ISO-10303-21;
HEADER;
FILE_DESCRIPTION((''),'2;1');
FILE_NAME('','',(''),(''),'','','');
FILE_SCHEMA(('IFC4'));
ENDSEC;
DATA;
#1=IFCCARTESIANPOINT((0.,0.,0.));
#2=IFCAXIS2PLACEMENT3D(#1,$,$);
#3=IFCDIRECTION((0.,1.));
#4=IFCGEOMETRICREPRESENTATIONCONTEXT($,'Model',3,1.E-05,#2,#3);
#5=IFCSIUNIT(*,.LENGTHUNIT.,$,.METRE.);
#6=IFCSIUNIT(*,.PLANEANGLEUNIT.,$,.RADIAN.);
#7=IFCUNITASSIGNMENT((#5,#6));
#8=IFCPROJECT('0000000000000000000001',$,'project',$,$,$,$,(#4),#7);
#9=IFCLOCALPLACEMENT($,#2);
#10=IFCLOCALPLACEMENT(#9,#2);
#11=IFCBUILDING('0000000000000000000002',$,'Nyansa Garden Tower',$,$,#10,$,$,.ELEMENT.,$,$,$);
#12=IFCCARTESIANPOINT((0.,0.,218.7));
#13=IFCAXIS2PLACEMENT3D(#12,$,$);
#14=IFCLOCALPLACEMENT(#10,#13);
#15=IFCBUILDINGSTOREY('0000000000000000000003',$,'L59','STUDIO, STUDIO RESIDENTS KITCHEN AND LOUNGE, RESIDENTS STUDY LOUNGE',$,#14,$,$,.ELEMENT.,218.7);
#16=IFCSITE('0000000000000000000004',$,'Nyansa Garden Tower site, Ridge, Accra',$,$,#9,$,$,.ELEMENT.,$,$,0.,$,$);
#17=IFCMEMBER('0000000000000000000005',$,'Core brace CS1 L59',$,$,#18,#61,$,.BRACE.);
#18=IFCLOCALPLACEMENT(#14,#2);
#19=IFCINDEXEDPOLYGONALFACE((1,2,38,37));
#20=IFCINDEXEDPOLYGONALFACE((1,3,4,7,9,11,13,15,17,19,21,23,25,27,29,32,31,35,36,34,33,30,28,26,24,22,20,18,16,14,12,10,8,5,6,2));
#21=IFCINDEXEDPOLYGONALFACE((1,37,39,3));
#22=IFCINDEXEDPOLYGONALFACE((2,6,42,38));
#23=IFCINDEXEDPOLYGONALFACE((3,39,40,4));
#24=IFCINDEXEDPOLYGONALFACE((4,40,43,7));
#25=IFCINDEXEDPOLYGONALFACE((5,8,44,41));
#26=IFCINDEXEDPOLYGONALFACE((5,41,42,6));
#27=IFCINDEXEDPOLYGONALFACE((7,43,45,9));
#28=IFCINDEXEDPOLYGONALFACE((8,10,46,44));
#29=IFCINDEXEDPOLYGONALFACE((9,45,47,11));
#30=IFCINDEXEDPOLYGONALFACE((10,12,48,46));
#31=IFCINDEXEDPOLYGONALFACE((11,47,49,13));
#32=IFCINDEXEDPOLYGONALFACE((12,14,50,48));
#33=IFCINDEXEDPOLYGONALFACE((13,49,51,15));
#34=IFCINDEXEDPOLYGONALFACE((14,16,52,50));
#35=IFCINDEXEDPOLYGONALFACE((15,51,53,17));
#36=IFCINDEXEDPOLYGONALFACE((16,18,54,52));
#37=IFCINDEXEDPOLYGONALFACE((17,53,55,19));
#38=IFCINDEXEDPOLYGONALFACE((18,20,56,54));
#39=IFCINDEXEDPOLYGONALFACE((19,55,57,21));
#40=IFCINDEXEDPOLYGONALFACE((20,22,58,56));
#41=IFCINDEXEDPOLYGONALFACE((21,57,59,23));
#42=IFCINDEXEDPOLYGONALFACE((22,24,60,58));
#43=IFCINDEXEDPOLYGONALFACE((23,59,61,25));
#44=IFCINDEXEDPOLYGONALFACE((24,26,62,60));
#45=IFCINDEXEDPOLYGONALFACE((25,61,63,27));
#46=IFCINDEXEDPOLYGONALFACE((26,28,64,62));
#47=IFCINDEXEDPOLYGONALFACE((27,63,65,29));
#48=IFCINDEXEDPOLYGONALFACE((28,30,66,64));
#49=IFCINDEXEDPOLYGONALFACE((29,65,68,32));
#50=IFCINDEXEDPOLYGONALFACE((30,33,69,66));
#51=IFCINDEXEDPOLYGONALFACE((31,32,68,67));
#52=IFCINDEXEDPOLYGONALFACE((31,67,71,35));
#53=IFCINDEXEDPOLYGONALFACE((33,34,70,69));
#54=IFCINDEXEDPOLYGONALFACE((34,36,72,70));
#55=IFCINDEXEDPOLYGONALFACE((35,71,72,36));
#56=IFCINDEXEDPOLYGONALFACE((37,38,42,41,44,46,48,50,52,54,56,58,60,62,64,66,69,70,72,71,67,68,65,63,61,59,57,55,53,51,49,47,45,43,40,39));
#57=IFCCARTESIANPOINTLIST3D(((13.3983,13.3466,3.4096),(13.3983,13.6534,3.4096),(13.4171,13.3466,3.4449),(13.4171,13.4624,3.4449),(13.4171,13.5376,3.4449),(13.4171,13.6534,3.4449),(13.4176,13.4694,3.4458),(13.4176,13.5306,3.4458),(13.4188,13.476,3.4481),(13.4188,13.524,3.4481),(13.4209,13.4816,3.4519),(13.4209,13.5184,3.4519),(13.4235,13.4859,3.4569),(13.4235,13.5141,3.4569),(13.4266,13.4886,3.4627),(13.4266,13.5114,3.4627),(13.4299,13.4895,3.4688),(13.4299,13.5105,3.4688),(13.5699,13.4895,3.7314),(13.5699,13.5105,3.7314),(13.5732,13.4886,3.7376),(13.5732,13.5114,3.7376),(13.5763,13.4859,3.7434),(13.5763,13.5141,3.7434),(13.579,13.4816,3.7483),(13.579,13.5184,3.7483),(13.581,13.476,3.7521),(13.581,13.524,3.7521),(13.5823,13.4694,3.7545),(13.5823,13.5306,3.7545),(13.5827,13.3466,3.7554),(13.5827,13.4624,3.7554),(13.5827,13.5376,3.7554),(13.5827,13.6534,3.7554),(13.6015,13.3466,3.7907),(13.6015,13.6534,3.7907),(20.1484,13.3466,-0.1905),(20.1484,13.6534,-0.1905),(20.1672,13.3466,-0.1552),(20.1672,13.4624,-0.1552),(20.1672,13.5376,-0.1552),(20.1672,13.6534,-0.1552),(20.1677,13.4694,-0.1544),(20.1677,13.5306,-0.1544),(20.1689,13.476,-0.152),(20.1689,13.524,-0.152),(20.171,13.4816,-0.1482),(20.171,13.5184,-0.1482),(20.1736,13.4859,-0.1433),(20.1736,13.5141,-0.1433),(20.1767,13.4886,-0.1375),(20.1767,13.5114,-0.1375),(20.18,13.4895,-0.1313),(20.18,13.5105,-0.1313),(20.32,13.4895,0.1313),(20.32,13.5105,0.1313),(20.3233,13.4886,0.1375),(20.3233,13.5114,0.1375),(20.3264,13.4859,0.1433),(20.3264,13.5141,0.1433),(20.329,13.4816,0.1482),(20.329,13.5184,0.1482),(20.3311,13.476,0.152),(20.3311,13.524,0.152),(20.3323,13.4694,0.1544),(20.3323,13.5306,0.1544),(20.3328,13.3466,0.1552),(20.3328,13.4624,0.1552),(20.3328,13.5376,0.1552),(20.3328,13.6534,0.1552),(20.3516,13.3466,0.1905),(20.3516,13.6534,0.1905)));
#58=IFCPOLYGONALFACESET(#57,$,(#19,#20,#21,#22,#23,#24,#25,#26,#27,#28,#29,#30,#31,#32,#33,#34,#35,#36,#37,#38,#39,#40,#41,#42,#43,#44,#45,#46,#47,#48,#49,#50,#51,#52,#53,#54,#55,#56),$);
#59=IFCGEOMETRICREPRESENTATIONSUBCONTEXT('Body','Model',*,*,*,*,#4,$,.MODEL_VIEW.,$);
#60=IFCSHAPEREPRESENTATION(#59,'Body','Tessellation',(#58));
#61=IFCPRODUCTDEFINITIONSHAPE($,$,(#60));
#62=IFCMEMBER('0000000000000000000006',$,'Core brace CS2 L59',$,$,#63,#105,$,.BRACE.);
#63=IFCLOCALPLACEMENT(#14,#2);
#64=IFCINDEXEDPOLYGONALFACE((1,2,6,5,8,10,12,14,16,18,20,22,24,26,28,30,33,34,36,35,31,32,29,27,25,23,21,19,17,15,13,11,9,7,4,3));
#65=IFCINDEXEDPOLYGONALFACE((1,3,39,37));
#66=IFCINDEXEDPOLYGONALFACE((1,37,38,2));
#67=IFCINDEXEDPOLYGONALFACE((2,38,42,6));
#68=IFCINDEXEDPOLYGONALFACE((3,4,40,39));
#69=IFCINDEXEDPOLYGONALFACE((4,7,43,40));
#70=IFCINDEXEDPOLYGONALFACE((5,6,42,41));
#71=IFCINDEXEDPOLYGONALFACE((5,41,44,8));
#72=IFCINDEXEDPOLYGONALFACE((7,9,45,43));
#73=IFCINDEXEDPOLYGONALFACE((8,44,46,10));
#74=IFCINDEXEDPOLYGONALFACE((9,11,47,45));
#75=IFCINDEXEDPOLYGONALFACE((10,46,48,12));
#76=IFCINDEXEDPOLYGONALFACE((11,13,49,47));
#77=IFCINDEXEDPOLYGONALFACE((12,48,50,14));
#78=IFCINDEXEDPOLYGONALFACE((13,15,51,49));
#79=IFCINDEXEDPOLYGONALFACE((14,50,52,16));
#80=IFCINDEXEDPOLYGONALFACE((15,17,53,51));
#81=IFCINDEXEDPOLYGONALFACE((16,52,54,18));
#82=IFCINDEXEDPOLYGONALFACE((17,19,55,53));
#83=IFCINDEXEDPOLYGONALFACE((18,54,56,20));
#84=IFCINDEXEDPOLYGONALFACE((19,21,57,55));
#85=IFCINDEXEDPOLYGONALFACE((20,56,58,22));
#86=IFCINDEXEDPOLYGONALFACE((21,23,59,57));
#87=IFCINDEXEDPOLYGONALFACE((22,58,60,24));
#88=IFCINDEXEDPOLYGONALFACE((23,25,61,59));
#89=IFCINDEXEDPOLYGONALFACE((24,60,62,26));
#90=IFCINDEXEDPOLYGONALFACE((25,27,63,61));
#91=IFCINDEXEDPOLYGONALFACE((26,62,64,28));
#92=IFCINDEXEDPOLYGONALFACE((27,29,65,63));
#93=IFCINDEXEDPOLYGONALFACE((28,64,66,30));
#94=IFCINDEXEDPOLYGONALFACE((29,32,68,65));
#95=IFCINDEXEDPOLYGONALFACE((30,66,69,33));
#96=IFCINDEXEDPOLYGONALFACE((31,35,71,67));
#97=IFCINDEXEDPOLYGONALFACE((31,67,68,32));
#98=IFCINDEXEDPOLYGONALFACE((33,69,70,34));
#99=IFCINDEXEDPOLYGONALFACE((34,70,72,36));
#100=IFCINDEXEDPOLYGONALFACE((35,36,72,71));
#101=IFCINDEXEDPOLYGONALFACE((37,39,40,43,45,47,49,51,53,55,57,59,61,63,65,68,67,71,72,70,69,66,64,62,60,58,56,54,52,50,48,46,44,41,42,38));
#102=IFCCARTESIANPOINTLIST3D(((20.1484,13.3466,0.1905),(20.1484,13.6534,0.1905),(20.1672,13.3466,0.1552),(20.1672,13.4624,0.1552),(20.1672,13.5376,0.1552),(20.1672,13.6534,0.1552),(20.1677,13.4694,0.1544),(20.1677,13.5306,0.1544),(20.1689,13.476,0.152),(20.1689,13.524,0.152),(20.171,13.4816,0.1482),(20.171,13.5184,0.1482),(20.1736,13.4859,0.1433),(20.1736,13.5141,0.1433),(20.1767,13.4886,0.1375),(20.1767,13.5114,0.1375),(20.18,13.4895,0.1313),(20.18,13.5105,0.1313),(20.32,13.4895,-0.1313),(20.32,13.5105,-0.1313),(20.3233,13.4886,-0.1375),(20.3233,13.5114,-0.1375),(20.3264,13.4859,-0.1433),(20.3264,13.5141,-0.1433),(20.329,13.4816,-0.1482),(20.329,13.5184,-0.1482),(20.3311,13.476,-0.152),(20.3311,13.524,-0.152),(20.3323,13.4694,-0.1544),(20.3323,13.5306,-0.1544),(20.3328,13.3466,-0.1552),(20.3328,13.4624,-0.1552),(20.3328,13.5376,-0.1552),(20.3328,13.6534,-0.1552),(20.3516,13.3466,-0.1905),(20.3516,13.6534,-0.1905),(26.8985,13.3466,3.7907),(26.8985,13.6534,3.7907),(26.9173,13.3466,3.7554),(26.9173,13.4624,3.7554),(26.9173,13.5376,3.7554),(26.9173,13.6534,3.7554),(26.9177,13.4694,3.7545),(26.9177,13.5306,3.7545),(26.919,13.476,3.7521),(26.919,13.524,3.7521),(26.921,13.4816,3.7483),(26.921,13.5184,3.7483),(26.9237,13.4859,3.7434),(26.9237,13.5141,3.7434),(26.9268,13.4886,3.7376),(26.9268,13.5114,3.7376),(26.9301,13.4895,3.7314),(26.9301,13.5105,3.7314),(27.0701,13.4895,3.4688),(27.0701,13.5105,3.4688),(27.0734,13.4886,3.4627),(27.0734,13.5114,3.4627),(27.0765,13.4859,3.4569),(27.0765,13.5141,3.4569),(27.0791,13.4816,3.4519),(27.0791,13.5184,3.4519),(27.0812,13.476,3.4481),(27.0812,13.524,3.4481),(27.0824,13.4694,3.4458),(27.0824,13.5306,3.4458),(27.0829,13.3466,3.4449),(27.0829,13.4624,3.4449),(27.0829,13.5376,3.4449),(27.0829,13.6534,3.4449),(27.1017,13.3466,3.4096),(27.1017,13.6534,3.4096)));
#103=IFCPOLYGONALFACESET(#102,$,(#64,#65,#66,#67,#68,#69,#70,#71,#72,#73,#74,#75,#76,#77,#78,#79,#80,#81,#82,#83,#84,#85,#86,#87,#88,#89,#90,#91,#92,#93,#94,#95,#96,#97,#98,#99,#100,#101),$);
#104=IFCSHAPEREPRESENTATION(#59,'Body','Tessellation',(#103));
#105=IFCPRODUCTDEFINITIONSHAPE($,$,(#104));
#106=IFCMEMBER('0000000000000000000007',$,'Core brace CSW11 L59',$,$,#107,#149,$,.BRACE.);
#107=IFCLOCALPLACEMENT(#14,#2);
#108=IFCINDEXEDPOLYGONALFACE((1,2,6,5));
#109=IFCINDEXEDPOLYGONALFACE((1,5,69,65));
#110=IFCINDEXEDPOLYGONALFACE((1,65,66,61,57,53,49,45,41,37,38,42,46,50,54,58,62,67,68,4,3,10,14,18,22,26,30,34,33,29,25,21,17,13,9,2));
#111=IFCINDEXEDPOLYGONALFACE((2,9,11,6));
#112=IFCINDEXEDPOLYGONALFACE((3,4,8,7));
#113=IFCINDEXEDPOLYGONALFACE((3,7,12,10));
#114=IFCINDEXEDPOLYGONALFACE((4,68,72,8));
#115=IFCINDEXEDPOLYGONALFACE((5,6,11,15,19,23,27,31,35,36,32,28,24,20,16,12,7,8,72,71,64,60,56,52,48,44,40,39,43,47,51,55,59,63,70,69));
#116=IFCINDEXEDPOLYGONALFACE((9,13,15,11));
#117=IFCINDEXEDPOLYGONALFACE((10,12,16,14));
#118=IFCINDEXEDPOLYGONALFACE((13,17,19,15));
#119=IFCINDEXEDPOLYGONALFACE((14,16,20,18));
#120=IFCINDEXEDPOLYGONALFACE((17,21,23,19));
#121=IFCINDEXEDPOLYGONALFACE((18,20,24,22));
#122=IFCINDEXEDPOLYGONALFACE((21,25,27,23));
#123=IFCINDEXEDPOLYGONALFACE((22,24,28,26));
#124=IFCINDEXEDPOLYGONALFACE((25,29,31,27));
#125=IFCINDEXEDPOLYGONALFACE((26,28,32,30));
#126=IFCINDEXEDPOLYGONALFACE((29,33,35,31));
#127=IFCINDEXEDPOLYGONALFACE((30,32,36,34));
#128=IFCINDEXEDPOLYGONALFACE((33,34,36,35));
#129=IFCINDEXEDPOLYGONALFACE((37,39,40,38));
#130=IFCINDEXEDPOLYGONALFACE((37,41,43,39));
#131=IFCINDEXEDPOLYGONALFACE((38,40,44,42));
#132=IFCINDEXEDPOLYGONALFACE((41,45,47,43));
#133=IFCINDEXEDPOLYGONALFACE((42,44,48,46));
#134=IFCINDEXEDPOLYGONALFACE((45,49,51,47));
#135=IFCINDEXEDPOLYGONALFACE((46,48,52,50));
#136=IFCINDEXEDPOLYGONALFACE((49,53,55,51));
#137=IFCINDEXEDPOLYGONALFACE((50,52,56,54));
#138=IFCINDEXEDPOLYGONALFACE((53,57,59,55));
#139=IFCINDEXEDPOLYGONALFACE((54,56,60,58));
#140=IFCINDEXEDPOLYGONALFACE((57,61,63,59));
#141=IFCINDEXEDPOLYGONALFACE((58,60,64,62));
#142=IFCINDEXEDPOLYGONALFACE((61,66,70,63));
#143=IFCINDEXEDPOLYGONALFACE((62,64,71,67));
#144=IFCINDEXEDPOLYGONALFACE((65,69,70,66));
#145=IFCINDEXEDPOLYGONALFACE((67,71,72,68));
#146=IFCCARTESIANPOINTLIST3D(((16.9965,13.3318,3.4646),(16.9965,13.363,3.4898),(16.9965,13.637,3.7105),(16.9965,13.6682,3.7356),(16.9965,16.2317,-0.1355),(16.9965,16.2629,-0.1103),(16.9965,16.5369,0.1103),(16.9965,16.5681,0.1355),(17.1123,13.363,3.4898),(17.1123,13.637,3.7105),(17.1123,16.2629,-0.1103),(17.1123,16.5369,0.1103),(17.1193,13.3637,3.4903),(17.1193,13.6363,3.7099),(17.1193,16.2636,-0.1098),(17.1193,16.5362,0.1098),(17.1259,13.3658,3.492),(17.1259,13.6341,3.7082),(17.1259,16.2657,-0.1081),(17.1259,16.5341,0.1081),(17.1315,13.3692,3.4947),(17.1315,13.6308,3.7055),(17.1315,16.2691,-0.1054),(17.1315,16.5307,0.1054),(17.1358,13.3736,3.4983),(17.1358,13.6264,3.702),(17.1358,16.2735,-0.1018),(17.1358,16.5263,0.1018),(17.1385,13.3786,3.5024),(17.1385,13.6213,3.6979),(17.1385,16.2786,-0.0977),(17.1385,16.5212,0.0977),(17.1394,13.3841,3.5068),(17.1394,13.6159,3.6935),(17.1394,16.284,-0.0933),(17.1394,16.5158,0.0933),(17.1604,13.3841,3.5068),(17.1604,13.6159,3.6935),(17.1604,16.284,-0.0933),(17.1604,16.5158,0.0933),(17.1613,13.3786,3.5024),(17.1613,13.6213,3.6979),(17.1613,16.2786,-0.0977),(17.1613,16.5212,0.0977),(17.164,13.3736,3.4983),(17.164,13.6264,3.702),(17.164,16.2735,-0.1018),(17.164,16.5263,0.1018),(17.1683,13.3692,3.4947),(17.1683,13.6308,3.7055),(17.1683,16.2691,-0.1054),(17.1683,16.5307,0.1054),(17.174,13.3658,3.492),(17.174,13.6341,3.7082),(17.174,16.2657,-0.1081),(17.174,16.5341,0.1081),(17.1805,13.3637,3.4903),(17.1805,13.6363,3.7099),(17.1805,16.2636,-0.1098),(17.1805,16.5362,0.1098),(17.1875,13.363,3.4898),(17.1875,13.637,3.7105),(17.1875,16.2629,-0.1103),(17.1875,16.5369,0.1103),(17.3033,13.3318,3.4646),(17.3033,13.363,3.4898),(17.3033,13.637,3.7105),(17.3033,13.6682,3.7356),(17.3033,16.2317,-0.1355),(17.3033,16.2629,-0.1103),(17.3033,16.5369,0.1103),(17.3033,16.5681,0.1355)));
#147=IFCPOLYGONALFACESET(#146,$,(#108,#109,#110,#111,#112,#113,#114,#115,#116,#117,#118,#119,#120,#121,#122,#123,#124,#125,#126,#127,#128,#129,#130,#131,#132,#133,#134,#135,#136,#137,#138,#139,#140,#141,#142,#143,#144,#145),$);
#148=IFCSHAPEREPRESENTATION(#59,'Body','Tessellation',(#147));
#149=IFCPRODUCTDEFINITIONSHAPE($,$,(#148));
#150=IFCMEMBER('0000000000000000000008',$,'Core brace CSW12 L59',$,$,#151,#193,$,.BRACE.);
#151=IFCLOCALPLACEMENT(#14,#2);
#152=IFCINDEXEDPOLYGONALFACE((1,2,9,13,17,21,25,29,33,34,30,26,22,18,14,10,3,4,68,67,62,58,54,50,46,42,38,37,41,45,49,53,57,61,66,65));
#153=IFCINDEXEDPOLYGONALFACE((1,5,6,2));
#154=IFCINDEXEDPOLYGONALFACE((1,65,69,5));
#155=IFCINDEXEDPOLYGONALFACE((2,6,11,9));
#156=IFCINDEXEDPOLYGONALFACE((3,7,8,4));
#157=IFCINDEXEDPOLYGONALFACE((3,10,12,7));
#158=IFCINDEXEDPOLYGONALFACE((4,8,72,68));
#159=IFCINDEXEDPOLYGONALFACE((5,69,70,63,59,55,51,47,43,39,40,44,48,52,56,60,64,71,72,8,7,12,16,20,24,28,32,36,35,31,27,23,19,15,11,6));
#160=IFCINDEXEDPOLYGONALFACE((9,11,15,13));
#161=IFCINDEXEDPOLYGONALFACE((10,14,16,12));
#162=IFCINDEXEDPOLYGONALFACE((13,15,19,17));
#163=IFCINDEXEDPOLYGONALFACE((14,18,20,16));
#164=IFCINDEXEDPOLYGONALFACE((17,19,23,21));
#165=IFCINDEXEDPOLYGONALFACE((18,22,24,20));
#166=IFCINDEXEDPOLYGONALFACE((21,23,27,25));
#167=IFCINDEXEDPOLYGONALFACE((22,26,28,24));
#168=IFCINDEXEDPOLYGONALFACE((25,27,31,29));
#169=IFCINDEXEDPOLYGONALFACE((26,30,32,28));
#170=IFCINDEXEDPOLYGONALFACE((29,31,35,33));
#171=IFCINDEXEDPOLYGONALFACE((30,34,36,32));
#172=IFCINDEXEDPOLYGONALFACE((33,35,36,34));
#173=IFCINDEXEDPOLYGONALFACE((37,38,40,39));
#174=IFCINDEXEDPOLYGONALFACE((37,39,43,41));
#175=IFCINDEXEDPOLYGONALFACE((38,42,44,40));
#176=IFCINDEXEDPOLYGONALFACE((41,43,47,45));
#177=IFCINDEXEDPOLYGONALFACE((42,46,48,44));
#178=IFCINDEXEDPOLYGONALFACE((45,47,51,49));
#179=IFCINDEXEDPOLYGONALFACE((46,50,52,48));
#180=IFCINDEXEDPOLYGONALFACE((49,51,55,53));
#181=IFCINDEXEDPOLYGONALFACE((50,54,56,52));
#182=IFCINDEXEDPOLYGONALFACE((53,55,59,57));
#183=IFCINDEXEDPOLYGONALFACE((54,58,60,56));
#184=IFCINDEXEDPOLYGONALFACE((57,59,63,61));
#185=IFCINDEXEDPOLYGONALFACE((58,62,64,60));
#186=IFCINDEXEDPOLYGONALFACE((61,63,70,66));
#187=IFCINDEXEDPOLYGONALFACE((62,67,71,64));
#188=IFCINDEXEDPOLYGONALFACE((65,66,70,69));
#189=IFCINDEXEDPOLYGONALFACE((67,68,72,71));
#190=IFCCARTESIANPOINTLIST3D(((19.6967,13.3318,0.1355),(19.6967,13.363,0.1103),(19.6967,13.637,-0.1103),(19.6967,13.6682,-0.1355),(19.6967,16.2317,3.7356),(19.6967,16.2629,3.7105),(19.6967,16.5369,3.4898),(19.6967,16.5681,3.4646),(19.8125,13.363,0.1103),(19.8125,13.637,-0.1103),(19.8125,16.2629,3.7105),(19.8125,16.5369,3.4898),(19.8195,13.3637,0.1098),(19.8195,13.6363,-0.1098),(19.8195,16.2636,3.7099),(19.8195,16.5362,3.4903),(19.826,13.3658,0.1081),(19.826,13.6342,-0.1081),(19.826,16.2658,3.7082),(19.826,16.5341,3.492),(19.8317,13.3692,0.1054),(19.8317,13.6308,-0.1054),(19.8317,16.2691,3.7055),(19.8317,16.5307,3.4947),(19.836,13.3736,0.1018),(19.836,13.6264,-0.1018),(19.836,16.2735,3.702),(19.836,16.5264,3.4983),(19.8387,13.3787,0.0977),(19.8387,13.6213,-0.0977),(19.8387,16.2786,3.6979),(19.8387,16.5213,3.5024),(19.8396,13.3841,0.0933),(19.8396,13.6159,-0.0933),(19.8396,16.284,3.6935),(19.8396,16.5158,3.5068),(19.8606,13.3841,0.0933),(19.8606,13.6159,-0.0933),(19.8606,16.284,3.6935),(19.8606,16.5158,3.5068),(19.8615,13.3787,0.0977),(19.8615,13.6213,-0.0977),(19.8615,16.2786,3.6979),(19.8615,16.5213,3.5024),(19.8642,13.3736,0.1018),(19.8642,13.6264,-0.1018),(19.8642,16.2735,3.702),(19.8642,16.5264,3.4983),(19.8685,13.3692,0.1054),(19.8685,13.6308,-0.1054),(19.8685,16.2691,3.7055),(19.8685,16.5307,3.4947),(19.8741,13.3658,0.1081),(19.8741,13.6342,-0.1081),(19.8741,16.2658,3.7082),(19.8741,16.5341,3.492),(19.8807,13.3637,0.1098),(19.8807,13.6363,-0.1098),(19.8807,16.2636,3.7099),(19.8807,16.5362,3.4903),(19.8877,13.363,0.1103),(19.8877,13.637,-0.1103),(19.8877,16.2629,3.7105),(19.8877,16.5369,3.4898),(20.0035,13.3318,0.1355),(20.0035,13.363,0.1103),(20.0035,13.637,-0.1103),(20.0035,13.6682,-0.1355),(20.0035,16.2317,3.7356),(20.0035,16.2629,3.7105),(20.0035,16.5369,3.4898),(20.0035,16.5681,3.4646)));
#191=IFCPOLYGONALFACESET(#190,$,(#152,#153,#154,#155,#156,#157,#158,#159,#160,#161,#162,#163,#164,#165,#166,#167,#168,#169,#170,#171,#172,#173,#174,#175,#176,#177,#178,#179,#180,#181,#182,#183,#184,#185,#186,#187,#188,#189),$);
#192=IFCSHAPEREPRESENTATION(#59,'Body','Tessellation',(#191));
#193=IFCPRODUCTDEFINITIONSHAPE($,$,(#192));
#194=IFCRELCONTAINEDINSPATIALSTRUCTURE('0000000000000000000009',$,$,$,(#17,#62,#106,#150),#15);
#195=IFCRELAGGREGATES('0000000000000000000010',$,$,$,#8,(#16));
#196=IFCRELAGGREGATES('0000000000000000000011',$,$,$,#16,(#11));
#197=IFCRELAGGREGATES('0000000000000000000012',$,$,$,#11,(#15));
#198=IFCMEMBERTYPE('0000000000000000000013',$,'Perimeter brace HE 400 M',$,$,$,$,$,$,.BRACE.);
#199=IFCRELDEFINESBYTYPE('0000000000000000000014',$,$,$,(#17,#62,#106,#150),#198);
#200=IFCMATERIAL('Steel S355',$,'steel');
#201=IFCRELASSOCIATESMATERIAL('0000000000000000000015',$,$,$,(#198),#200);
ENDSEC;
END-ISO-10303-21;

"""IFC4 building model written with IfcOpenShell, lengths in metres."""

from ifc_helpers import new_model, si_unit, direction, frame, origin, origin_2d, place, context, subcontext, project, spatial, i_section, extrude, material, material_profile, profile_set, type_object, element, save


model = new_model("IFC4")

# Units and contexts
model_context = context("Model", 3, precision=1e-05, world=origin(), true_north=direction((0.0, 1.0)))
body_context = subcontext(model_context, "Body", "Model", "MODEL_VIEW")
ifc_project = project(units=[si_unit("LENGTHUNIT", "METRE"), si_unit("PLANEANGLEUNIT", "RADIAN")], contexts=[model_context])

# Site, building, storey
site_placement = place(None, origin())
site = spatial("IfcSite", under=ifc_project, at=site_placement, Name="Nyansa Garden Tower site, Ridge, Accra", CompositionType="ELEMENT", RefElevation=0.0)
building_placement = place(site_placement, origin())
building = spatial("IfcBuilding", under=site, at=building_placement, Name="Nyansa Garden Tower", CompositionType="ELEMENT")
storey_placement = place(building_placement, frame((0.0, 0.0, 218.7)))
storey = spatial("IfcBuildingStorey", under=building, at=storey_placement, Name="L59", Description="STUDIO, STUDIO RESIDENTS KITCHEN AND LOUNGE, RESIDENTS STUDY LOUNGE", CompositionType="ELEMENT", Elevation=218.7)

# Members
ifc_material_1 = material(Name="Steel S355", Category="steel")
ifc_material_profile_1 = material_profile(ifc_material_1, i_section(OverallWidth=0.3069, OverallDepth=0.4319, WebThickness=0.021, FlangeThickness=0.04, FilletRadius=0.0271, at=origin_2d()), Name="HE 400 M")
ifc_profile_set_1 = profile_set([ifc_material_profile_1], Name="Steel S355")
member_type = type_object("IfcMemberType", Name="Perimeter brace HE 400 M", PredefinedType="BRACE", material=ifc_profile_set_1)
for number, where, z_axis, x_axis, name in (
    (1, (20.25, 13.5, 0.0), (-0.882348, 0.0, 0.470598), (0.0, -1.0, 0.0), "Core brace CS1 L59"),
    (2, (20.25, 13.5, 0.0), (0.882348, 0.0, 0.470598), (0.0, 1.0, 0.0), "Core brace CS2 L59"),
):
    element("IfcMember", number, at=place(storey_placement, frame(where, z_axis=z_axis, x_axis=x_axis)), inside=storey, type_object=member_type, Name=name, PredefinedType="BRACE", context=body_context, shape_type="SweptSolid", body=[
        extrude(i_section(OverallWidth=0.3069, OverallDepth=0.4319, WebThickness=0.021, FlangeThickness=0.04, FilletRadius=0.0271, at=origin_2d()), origin(), (0.0, 0.0, 1.0), 7.6501),
    ])
for number, where, z_axis, x_axis, name in (
    (3, (17.1499, 16.3999, 0.0), (0.0, -0.627306, 0.778773), (1.0, 0.0, 0.0), "Core brace CSW11 L59"),
    (4, (19.8501, 13.5, 0.0), (0.0, 0.627306, 0.778773), (-1.0, 0.0, 0.0), "Core brace CSW12 L59"),
):
    element("IfcMember", number, at=place(storey_placement, frame(where, z_axis=z_axis, x_axis=x_axis)), inside=storey, type_object=member_type, Name=name, PredefinedType="BRACE", context=body_context, shape_type="SweptSolid", body=[
        extrude(i_section(OverallWidth=0.3069, OverallDepth=0.4319, WebThickness=0.021, FlangeThickness=0.04, FilletRadius=0.0271, at=origin_2d()), origin(), (0.0, 0.0, 1.0), 4.6228),
    ])

save(model, "model.ifc")
